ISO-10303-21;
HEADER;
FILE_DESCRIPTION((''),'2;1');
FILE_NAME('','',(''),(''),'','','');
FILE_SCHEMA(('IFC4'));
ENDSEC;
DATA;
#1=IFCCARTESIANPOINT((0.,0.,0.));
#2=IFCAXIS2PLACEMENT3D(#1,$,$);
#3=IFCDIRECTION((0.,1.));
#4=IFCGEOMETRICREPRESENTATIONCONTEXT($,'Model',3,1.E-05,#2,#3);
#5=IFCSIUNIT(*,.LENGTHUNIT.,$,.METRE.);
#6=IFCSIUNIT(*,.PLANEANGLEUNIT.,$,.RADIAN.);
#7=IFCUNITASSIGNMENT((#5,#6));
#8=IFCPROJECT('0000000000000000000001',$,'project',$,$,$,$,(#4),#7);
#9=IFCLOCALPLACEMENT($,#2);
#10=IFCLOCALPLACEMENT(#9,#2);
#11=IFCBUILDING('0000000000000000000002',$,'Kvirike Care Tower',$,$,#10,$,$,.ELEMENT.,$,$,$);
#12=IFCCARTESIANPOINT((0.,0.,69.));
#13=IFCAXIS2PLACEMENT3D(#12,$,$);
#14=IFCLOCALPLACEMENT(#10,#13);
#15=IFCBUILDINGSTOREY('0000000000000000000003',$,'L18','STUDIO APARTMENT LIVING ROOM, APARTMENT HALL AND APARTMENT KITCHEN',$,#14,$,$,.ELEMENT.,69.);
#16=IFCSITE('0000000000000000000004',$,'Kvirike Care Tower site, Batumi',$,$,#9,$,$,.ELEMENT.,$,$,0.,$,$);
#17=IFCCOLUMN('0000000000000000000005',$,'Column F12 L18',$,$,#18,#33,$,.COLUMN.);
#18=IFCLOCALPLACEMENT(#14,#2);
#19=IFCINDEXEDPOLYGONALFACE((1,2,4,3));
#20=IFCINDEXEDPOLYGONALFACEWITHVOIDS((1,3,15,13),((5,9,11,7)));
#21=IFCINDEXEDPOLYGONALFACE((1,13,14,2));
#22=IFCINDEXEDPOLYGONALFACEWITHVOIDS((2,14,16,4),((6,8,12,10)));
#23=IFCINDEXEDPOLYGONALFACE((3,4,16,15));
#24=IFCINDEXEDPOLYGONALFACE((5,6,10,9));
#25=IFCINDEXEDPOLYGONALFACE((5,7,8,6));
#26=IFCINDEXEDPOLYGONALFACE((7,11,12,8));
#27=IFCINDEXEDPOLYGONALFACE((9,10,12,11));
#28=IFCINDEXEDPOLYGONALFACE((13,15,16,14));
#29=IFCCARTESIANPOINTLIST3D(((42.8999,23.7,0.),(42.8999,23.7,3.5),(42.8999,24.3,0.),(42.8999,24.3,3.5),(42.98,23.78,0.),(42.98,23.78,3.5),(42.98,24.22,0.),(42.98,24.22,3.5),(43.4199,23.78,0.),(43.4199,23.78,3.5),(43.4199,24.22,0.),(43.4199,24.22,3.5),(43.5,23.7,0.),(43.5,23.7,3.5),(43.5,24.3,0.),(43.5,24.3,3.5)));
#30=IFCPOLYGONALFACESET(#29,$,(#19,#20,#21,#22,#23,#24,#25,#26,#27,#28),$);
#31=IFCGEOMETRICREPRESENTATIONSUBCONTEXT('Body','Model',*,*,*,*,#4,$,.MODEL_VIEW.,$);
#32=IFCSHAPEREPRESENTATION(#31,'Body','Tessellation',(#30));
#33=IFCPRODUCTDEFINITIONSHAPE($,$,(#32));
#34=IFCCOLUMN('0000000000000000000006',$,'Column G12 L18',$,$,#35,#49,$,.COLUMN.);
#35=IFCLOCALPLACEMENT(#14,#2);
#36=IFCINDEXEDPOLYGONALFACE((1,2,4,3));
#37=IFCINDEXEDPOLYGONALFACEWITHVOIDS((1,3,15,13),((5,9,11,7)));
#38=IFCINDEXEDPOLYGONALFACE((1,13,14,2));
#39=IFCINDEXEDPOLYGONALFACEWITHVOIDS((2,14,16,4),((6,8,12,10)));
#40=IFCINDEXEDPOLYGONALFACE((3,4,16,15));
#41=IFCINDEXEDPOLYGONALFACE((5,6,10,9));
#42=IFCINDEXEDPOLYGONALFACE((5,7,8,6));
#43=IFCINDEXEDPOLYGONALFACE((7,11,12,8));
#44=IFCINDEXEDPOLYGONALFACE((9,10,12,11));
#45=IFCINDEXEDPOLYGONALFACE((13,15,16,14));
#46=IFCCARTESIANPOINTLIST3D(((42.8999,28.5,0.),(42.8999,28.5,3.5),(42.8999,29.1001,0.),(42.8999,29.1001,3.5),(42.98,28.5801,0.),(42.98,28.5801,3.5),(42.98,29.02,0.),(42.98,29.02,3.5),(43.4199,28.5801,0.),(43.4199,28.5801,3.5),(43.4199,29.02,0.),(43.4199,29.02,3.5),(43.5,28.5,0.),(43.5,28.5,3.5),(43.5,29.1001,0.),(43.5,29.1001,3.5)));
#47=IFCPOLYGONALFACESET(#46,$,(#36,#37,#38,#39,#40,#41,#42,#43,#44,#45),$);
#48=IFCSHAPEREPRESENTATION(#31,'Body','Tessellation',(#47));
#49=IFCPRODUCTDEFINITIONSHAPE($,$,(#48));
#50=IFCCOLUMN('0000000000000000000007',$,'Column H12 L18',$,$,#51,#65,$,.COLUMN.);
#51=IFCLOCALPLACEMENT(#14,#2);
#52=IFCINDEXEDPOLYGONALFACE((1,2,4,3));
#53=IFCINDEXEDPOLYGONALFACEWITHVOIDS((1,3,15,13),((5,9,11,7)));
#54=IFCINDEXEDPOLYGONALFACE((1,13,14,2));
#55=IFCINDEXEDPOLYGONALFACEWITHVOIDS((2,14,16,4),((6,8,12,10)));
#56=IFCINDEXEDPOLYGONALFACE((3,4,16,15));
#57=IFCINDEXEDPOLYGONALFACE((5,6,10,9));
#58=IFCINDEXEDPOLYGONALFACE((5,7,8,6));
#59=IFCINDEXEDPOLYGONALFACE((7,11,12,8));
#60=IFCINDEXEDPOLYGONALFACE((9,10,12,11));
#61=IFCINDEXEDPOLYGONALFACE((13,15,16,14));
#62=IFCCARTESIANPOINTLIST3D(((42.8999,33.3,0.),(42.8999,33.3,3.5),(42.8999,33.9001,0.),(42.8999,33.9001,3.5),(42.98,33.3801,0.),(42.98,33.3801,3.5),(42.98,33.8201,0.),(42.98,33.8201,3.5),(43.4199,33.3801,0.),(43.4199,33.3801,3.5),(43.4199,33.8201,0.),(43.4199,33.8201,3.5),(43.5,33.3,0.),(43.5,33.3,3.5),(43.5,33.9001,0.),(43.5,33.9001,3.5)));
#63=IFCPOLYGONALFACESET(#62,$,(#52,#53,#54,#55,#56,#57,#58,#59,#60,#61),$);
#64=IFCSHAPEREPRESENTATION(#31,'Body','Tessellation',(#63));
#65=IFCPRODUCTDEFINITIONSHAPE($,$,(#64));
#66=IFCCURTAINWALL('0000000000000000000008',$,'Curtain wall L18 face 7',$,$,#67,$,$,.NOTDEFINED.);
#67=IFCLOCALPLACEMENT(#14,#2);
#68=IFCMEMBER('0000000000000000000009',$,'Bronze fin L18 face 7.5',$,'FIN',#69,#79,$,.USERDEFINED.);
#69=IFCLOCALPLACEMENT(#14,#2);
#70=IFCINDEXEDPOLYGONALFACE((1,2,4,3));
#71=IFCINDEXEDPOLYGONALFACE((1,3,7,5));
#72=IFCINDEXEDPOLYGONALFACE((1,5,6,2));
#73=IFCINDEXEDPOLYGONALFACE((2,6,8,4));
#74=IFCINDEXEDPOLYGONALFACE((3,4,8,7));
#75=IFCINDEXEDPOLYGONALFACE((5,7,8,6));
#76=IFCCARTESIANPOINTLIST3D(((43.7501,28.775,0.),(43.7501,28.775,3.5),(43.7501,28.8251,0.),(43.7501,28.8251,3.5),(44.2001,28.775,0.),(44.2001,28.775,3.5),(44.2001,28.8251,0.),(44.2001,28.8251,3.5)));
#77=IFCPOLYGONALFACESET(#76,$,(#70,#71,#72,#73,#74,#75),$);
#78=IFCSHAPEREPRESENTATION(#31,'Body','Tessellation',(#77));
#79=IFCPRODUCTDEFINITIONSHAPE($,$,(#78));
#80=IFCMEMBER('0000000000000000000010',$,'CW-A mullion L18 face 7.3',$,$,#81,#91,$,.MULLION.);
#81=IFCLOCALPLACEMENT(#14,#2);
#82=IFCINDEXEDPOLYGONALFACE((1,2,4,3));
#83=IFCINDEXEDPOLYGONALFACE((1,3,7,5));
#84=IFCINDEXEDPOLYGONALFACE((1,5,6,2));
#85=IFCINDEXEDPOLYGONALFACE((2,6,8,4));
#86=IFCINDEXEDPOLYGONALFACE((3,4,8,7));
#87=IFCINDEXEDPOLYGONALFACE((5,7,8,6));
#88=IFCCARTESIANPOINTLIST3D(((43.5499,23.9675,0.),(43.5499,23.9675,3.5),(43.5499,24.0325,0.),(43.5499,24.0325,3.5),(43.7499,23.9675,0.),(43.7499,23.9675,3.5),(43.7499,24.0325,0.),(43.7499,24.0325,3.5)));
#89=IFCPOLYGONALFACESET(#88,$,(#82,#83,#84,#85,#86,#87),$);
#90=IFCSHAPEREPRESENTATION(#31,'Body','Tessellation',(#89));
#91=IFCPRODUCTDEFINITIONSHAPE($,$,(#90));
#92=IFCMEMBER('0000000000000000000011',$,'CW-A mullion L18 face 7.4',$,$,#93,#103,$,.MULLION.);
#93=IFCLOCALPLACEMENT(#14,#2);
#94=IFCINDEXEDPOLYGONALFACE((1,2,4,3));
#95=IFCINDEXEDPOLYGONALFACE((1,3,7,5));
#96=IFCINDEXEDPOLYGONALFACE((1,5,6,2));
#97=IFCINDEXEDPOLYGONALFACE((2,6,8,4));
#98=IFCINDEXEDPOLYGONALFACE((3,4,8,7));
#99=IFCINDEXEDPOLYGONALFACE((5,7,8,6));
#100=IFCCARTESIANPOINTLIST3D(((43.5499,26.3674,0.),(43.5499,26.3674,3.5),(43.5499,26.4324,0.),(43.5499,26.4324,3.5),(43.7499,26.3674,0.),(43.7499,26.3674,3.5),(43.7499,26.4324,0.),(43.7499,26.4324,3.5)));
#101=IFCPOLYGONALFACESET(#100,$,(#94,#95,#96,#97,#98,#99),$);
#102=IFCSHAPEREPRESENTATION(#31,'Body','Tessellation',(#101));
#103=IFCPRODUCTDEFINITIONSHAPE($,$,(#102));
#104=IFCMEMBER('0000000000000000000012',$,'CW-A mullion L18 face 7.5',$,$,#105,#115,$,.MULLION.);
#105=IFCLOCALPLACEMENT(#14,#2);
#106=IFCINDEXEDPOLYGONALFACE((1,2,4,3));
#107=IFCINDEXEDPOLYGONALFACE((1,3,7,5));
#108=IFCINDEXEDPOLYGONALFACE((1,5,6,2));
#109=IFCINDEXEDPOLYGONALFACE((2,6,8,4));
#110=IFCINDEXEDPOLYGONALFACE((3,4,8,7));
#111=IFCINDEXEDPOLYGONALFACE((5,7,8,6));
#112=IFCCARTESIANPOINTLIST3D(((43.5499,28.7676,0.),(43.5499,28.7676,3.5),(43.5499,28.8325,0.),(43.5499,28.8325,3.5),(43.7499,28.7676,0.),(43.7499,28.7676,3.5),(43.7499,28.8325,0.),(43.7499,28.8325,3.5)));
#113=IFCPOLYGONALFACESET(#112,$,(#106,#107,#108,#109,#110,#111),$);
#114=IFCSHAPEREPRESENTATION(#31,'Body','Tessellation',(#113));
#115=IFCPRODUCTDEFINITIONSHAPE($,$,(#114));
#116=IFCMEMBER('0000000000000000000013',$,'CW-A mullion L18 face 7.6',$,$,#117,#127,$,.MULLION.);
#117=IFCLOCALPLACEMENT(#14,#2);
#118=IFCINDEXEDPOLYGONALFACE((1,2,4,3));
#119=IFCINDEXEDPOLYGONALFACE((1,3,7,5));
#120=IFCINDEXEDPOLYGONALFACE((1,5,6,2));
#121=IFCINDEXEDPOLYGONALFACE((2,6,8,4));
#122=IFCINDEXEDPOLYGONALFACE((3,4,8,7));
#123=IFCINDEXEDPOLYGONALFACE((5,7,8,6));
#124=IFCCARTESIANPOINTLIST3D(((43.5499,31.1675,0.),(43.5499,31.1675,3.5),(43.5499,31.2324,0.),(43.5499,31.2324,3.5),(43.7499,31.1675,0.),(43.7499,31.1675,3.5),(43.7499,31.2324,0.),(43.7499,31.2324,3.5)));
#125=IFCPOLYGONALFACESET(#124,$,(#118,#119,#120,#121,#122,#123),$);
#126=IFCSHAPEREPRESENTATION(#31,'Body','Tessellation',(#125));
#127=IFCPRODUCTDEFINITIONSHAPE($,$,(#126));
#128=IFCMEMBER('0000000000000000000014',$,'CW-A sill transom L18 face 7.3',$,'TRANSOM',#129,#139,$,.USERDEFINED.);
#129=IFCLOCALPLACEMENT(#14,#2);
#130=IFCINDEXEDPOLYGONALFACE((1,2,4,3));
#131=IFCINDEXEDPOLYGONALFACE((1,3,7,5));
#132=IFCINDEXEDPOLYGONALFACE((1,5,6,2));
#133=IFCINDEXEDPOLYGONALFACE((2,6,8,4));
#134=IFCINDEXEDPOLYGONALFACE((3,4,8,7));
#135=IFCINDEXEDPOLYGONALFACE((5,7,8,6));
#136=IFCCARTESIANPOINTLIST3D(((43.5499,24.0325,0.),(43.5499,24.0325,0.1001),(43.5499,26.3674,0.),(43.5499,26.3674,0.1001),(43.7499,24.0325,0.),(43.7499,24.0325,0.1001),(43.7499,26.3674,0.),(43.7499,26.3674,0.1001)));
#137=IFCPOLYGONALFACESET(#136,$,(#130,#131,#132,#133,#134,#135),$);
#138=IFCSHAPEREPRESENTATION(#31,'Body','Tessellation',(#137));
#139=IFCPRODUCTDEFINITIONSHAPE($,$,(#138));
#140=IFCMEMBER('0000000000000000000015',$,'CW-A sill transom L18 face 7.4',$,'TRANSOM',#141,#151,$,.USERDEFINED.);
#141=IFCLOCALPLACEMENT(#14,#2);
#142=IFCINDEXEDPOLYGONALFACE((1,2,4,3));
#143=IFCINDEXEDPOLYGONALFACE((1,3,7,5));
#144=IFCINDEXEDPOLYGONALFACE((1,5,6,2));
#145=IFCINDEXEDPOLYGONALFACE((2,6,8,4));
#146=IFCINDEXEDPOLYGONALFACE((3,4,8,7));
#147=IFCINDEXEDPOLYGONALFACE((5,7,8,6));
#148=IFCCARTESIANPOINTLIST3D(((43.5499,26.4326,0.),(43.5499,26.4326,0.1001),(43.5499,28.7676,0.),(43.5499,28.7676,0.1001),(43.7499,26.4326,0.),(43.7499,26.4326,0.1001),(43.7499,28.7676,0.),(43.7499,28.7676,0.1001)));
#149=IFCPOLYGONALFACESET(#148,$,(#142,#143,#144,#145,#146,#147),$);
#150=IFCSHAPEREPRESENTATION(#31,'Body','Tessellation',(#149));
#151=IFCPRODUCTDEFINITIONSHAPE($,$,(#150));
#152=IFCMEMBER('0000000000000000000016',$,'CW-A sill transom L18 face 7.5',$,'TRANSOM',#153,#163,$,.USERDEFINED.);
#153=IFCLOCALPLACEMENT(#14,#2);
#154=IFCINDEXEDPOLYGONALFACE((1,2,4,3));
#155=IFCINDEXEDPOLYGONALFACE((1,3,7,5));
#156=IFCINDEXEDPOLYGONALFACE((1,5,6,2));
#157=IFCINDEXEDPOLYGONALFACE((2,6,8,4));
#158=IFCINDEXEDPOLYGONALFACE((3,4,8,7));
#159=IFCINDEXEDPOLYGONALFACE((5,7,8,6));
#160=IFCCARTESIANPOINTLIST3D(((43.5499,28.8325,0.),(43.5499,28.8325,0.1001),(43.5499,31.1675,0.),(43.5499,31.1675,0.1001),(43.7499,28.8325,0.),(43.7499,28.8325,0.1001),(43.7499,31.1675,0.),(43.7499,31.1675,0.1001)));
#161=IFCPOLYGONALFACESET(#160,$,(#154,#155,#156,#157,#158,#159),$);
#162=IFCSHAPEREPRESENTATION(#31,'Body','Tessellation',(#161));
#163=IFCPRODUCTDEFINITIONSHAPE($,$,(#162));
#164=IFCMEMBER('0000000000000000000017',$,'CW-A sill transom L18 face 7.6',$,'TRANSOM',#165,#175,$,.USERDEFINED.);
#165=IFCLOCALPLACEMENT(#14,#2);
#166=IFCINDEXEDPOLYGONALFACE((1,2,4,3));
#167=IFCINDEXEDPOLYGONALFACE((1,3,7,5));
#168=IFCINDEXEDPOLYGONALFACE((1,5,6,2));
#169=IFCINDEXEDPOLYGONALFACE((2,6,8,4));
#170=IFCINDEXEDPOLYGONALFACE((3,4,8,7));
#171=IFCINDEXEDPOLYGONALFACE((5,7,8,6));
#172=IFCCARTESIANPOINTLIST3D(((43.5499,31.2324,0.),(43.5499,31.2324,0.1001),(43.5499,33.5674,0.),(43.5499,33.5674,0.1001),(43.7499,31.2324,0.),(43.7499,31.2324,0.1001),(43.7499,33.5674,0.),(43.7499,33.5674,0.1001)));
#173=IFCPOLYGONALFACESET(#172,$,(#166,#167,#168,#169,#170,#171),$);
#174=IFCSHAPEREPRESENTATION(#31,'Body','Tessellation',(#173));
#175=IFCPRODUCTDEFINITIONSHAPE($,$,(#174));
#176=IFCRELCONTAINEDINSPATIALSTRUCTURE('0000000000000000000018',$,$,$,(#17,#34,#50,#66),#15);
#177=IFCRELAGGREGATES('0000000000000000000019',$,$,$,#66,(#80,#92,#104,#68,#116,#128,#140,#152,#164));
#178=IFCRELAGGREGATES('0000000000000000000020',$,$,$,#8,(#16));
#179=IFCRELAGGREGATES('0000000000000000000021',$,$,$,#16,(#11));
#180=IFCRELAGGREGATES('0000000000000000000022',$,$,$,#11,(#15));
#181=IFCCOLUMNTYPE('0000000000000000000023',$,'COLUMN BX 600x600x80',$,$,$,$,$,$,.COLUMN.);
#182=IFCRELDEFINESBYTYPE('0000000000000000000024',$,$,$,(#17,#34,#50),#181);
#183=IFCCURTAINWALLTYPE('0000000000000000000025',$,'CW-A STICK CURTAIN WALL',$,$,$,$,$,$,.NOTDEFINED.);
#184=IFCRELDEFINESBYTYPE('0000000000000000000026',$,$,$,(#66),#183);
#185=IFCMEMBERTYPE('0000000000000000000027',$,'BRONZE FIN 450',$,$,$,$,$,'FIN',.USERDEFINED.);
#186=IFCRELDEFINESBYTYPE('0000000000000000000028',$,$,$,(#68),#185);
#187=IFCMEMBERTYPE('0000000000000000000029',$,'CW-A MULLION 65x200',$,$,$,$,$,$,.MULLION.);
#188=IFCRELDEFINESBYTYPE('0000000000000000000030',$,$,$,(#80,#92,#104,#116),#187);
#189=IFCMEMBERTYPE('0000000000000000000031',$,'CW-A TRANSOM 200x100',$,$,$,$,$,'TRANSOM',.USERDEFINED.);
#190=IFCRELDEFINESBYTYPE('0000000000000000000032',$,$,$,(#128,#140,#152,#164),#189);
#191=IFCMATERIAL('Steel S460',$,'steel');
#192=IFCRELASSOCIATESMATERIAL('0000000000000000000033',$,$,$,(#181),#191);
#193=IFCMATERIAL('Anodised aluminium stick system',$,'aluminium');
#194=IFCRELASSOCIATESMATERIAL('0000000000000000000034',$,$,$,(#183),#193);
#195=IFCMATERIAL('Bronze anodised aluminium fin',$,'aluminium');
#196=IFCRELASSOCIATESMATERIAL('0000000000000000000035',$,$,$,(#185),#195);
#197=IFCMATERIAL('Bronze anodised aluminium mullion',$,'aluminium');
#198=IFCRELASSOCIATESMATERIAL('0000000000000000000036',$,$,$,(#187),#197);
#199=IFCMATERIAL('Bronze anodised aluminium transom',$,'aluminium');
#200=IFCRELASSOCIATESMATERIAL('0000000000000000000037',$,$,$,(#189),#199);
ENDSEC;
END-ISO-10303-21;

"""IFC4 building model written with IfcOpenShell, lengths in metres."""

from ifc_helpers import new_model, si_unit, direction, frame, origin, origin_2d, place, context, subcontext, project, spatial, rectangle, hollow_rectangle, extrude, material, material_profile, profile_set, type_object, element, aggregate, save


model = new_model("IFC4")

# Units and contexts
model_context = context("Model", 3, precision=1e-05, world=origin(), true_north=direction((0.0, 1.0)))
body_context = subcontext(model_context, "Body", "Model", "MODEL_VIEW")
ifc_project = project(units=[si_unit("LENGTHUNIT", "METRE"), si_unit("PLANEANGLEUNIT", "RADIAN")], contexts=[model_context])

# Site, building, storey
site_placement = place(None, origin())
site = spatial("IfcSite", under=ifc_project, at=site_placement, Name="Kvirike Care Tower site, Batumi", CompositionType="ELEMENT", RefElevation=0.0)
building_placement = place(site_placement, origin())
building = spatial("IfcBuilding", under=site, at=building_placement, Name="Kvirike Care Tower", CompositionType="ELEMENT")
storey_placement = place(building_placement, frame((0.0, 0.0, 69.0)))
storey = spatial("IfcBuildingStorey", under=building, at=storey_placement, Name="L18", Description="STUDIO APARTMENT LIVING ROOM, APARTMENT HALL AND APARTMENT KITCHEN", CompositionType="ELEMENT", Elevation=69.0)

# Columns
ifc_material_1 = material(Name="Steel S460", Category="steel")
ifc_material_profile_1 = material_profile(ifc_material_1, hollow_rectangle(XDim=0.6001, YDim=0.6001, WallThickness=0.0801, at=origin_2d()), Name="BX 600x600x80")
ifc_profile_set_1 = profile_set([ifc_material_profile_1], Name="Steel S460")
column_type = type_object("IfcColumnType", Name="COLUMN BX 600x600x80", PredefinedType="COLUMN", material=ifc_profile_set_1)
for number, where, z_axis, x_axis, name in (
    (1, (43.2, 24.0, 0.0), (0.0, 0.0, 1.0), (1.0, 0.0, 0.0), "Column F12 L18"),
    (2, (43.2, 28.8, 0.0), (0.0, 0.0, 1.0), (0.0, 1.0, 0.0), "Column G12 L18"),
    (3, (43.2, 33.6001, 0.0), (0.0, 0.0, 1.0), (1.0, 0.0, 0.0), "Column H12 L18"),
):
    element("IfcColumn", number, at=place(storey_placement, frame(where, z_axis=z_axis, x_axis=x_axis)), inside=storey, type_object=column_type, Name=name, PredefinedType="COLUMN", context=body_context, shape_type="SweptSolid", body=[
        extrude(hollow_rectangle(XDim=0.6001, YDim=0.6001, WallThickness=0.0801, at=origin_2d()), origin(), (0.0, 0.0, 1.0), 3.5),
    ])

# Curtain wall, members
ifc_material_2 = material(Name="Anodised aluminium stick system", Category="aluminium")
curtain_wall_type = type_object("IfcCurtainWallType", Name="CW-A STICK CURTAIN WALL", PredefinedType="NOTDEFINED", material=ifc_material_2)
curtain_wall_placement = place(storey_placement, origin())
curtain_wall = element("IfcCurtainWall", 4, at=curtain_wall_placement, inside=storey, type_object=curtain_wall_type, Name="Curtain wall L18 face 7", PredefinedType="NOTDEFINED")
ifc_material_3 = material(Name="Bronze anodised aluminium fin", Category="aluminium")
ifc_material_profile_2 = material_profile(ifc_material_3, rectangle(XDim=0.05, YDim=0.45, at=origin_2d()), Name="BRONZE FIN 450")
ifc_profile_set_2 = profile_set([ifc_material_profile_2], Name="Bronze anodised aluminium fin")
member_type_1 = type_object("IfcMemberType", Name="BRONZE FIN 450", ElementType="FIN", PredefinedType="USERDEFINED", material=ifc_profile_set_2)
member_1_placement = place(storey_placement, frame((43.9751, 28.8, 0.0), z_axis=(0.0, 0.0, 1.0), x_axis=(0.0, 1.0, 0.0)))
member_1 = element("IfcMember", 5, at=member_1_placement, type_object=member_type_1, Name="Bronze fin L18 face 7.5", ObjectType="FIN", PredefinedType="USERDEFINED", context=body_context, shape_type="SweptSolid", body=[
    extrude(rectangle(XDim=0.05, YDim=0.45, at=origin_2d()), origin(), (0.0, 0.0, 1.0), 3.5),
])
ifc_material_4 = material(Name="Bronze anodised aluminium mullion", Category="aluminium")
ifc_material_profile_3 = material_profile(ifc_material_4, rectangle(XDim=0.0649, YDim=0.2, at=origin_2d()), Name="CW-A MULLION 65x200")
ifc_profile_set_3 = profile_set([ifc_material_profile_3], Name="Bronze anodised aluminium mullion")
member_type_2 = type_object("IfcMemberType", Name="CW-A MULLION 65x200", PredefinedType="MULLION", material=ifc_profile_set_3)
member_2_placement = place(storey_placement, frame((43.6499, 24.0, 0.0), z_axis=(0.0, 0.0, 1.0), x_axis=(0.0, 1.0, 0.0)))
member_2 = element("IfcMember", 6, at=member_2_placement, type_object=member_type_2, Name="CW-A mullion L18 face 7.3", PredefinedType="MULLION", context=body_context, shape_type="SweptSolid", body=[
    extrude(rectangle(XDim=0.0649, YDim=0.2, at=origin_2d()), origin(), (0.0, 0.0, 1.0), 3.5),
])
member_3_placement = place(storey_placement, frame((43.6499, 26.3999, 0.0), z_axis=(0.0, 0.0, 1.0), x_axis=(0.0, 1.0, 0.0)))
member_3 = element("IfcMember", 7, at=member_3_placement, type_object=member_type_2, Name="CW-A mullion L18 face 7.4", PredefinedType="MULLION", context=body_context, shape_type="SweptSolid", body=[
    extrude(rectangle(XDim=0.0649, YDim=0.2, at=origin_2d()), origin(), (0.0, 0.0, 1.0), 3.5),
])
member_4_placement = place(storey_placement, frame((43.6499, 28.8, 0.0), z_axis=(0.0, 0.0, 1.0), x_axis=(0.0, 1.0, 0.0)))
member_4 = element("IfcMember", 8, at=member_4_placement, type_object=member_type_2, Name="CW-A mullion L18 face 7.5", PredefinedType="MULLION", context=body_context, shape_type="SweptSolid", body=[
    extrude(rectangle(XDim=0.0649, YDim=0.2, at=origin_2d()), origin(), (0.0, 0.0, 1.0), 3.5),
])
member_5_placement = place(storey_placement, frame((43.6499, 31.2, 0.0), z_axis=(0.0, 0.0, 1.0), x_axis=(0.0, 1.0, 0.0)))
member_5 = element("IfcMember", 9, at=member_5_placement, type_object=member_type_2, Name="CW-A mullion L18 face 7.6", PredefinedType="MULLION", context=body_context, shape_type="SweptSolid", body=[
    extrude(rectangle(XDim=0.0649, YDim=0.2, at=origin_2d()), origin(), (0.0, 0.0, 1.0), 3.5),
])
ifc_material_5 = material(Name="Bronze anodised aluminium transom", Category="aluminium")
ifc_material_profile_4 = material_profile(ifc_material_5, rectangle(XDim=0.2, YDim=0.1001, at=origin_2d()), Name="CW-A TRANSOM 200x100")
ifc_profile_set_4 = profile_set([ifc_material_profile_4], Name="Bronze anodised aluminium transom")
member_type_3 = type_object("IfcMemberType", Name="CW-A TRANSOM 200x100", ElementType="TRANSOM", PredefinedType="USERDEFINED", material=ifc_profile_set_4)
member_6_placement = place(storey_placement, frame((43.6499, 24.0325, 0.05), z_axis=(0.0, 1.0, 0.0), x_axis=(-1.0, 0.0, 0.0)))
member_6 = element("IfcMember", 10, at=member_6_placement, type_object=member_type_3, Name="CW-A sill transom L18 face 7.3", ObjectType="TRANSOM", PredefinedType="USERDEFINED", context=body_context, shape_type="SweptSolid", body=[
    extrude(rectangle(XDim=0.2, YDim=0.1001, at=origin_2d()), origin(), (0.0, 0.0, 1.0), 2.335),
])
member_7_placement = place(storey_placement, frame((43.6499, 26.4326, 0.05), z_axis=(0.0, 1.0, 0.0), x_axis=(-1.0, 0.0, 0.0)))
member_7 = element("IfcMember", 11, at=member_7_placement, type_object=member_type_3, Name="CW-A sill transom L18 face 7.4", ObjectType="TRANSOM", PredefinedType="USERDEFINED", context=body_context, shape_type="SweptSolid", body=[
    extrude(rectangle(XDim=0.2, YDim=0.1001, at=origin_2d()), origin(), (0.0, 0.0, 1.0), 2.335),
])
member_8_placement = place(storey_placement, frame((43.6499, 28.8325, 0.05), z_axis=(0.0, 1.0, 0.0), x_axis=(-1.0, 0.0, 0.0)))
member_8 = element("IfcMember", 12, at=member_8_placement, type_object=member_type_3, Name="CW-A sill transom L18 face 7.5", ObjectType="TRANSOM", PredefinedType="USERDEFINED", context=body_context, shape_type="SweptSolid", body=[
    extrude(rectangle(XDim=0.2, YDim=0.1001, at=origin_2d()), origin(), (0.0, 0.0, 1.0), 2.335),
])
member_9_placement = place(storey_placement, frame((43.6499, 31.2324, 0.05), z_axis=(0.0, 1.0, 0.0), x_axis=(-1.0, 0.0, 0.0)))
member_9 = element("IfcMember", 13, at=member_9_placement, type_object=member_type_3, Name="CW-A sill transom L18 face 7.6", ObjectType="TRANSOM", PredefinedType="USERDEFINED", context=body_context, shape_type="SweptSolid", body=[
    extrude(rectangle(XDim=0.2, YDim=0.1001, at=origin_2d()), origin(), (0.0, 0.0, 1.0), 2.335),
])

aggregate(curtain_wall, [member_2, member_3, member_4, member_1, member_5, member_6, member_7, member_8, member_9])

save(model, "model.ifc")
